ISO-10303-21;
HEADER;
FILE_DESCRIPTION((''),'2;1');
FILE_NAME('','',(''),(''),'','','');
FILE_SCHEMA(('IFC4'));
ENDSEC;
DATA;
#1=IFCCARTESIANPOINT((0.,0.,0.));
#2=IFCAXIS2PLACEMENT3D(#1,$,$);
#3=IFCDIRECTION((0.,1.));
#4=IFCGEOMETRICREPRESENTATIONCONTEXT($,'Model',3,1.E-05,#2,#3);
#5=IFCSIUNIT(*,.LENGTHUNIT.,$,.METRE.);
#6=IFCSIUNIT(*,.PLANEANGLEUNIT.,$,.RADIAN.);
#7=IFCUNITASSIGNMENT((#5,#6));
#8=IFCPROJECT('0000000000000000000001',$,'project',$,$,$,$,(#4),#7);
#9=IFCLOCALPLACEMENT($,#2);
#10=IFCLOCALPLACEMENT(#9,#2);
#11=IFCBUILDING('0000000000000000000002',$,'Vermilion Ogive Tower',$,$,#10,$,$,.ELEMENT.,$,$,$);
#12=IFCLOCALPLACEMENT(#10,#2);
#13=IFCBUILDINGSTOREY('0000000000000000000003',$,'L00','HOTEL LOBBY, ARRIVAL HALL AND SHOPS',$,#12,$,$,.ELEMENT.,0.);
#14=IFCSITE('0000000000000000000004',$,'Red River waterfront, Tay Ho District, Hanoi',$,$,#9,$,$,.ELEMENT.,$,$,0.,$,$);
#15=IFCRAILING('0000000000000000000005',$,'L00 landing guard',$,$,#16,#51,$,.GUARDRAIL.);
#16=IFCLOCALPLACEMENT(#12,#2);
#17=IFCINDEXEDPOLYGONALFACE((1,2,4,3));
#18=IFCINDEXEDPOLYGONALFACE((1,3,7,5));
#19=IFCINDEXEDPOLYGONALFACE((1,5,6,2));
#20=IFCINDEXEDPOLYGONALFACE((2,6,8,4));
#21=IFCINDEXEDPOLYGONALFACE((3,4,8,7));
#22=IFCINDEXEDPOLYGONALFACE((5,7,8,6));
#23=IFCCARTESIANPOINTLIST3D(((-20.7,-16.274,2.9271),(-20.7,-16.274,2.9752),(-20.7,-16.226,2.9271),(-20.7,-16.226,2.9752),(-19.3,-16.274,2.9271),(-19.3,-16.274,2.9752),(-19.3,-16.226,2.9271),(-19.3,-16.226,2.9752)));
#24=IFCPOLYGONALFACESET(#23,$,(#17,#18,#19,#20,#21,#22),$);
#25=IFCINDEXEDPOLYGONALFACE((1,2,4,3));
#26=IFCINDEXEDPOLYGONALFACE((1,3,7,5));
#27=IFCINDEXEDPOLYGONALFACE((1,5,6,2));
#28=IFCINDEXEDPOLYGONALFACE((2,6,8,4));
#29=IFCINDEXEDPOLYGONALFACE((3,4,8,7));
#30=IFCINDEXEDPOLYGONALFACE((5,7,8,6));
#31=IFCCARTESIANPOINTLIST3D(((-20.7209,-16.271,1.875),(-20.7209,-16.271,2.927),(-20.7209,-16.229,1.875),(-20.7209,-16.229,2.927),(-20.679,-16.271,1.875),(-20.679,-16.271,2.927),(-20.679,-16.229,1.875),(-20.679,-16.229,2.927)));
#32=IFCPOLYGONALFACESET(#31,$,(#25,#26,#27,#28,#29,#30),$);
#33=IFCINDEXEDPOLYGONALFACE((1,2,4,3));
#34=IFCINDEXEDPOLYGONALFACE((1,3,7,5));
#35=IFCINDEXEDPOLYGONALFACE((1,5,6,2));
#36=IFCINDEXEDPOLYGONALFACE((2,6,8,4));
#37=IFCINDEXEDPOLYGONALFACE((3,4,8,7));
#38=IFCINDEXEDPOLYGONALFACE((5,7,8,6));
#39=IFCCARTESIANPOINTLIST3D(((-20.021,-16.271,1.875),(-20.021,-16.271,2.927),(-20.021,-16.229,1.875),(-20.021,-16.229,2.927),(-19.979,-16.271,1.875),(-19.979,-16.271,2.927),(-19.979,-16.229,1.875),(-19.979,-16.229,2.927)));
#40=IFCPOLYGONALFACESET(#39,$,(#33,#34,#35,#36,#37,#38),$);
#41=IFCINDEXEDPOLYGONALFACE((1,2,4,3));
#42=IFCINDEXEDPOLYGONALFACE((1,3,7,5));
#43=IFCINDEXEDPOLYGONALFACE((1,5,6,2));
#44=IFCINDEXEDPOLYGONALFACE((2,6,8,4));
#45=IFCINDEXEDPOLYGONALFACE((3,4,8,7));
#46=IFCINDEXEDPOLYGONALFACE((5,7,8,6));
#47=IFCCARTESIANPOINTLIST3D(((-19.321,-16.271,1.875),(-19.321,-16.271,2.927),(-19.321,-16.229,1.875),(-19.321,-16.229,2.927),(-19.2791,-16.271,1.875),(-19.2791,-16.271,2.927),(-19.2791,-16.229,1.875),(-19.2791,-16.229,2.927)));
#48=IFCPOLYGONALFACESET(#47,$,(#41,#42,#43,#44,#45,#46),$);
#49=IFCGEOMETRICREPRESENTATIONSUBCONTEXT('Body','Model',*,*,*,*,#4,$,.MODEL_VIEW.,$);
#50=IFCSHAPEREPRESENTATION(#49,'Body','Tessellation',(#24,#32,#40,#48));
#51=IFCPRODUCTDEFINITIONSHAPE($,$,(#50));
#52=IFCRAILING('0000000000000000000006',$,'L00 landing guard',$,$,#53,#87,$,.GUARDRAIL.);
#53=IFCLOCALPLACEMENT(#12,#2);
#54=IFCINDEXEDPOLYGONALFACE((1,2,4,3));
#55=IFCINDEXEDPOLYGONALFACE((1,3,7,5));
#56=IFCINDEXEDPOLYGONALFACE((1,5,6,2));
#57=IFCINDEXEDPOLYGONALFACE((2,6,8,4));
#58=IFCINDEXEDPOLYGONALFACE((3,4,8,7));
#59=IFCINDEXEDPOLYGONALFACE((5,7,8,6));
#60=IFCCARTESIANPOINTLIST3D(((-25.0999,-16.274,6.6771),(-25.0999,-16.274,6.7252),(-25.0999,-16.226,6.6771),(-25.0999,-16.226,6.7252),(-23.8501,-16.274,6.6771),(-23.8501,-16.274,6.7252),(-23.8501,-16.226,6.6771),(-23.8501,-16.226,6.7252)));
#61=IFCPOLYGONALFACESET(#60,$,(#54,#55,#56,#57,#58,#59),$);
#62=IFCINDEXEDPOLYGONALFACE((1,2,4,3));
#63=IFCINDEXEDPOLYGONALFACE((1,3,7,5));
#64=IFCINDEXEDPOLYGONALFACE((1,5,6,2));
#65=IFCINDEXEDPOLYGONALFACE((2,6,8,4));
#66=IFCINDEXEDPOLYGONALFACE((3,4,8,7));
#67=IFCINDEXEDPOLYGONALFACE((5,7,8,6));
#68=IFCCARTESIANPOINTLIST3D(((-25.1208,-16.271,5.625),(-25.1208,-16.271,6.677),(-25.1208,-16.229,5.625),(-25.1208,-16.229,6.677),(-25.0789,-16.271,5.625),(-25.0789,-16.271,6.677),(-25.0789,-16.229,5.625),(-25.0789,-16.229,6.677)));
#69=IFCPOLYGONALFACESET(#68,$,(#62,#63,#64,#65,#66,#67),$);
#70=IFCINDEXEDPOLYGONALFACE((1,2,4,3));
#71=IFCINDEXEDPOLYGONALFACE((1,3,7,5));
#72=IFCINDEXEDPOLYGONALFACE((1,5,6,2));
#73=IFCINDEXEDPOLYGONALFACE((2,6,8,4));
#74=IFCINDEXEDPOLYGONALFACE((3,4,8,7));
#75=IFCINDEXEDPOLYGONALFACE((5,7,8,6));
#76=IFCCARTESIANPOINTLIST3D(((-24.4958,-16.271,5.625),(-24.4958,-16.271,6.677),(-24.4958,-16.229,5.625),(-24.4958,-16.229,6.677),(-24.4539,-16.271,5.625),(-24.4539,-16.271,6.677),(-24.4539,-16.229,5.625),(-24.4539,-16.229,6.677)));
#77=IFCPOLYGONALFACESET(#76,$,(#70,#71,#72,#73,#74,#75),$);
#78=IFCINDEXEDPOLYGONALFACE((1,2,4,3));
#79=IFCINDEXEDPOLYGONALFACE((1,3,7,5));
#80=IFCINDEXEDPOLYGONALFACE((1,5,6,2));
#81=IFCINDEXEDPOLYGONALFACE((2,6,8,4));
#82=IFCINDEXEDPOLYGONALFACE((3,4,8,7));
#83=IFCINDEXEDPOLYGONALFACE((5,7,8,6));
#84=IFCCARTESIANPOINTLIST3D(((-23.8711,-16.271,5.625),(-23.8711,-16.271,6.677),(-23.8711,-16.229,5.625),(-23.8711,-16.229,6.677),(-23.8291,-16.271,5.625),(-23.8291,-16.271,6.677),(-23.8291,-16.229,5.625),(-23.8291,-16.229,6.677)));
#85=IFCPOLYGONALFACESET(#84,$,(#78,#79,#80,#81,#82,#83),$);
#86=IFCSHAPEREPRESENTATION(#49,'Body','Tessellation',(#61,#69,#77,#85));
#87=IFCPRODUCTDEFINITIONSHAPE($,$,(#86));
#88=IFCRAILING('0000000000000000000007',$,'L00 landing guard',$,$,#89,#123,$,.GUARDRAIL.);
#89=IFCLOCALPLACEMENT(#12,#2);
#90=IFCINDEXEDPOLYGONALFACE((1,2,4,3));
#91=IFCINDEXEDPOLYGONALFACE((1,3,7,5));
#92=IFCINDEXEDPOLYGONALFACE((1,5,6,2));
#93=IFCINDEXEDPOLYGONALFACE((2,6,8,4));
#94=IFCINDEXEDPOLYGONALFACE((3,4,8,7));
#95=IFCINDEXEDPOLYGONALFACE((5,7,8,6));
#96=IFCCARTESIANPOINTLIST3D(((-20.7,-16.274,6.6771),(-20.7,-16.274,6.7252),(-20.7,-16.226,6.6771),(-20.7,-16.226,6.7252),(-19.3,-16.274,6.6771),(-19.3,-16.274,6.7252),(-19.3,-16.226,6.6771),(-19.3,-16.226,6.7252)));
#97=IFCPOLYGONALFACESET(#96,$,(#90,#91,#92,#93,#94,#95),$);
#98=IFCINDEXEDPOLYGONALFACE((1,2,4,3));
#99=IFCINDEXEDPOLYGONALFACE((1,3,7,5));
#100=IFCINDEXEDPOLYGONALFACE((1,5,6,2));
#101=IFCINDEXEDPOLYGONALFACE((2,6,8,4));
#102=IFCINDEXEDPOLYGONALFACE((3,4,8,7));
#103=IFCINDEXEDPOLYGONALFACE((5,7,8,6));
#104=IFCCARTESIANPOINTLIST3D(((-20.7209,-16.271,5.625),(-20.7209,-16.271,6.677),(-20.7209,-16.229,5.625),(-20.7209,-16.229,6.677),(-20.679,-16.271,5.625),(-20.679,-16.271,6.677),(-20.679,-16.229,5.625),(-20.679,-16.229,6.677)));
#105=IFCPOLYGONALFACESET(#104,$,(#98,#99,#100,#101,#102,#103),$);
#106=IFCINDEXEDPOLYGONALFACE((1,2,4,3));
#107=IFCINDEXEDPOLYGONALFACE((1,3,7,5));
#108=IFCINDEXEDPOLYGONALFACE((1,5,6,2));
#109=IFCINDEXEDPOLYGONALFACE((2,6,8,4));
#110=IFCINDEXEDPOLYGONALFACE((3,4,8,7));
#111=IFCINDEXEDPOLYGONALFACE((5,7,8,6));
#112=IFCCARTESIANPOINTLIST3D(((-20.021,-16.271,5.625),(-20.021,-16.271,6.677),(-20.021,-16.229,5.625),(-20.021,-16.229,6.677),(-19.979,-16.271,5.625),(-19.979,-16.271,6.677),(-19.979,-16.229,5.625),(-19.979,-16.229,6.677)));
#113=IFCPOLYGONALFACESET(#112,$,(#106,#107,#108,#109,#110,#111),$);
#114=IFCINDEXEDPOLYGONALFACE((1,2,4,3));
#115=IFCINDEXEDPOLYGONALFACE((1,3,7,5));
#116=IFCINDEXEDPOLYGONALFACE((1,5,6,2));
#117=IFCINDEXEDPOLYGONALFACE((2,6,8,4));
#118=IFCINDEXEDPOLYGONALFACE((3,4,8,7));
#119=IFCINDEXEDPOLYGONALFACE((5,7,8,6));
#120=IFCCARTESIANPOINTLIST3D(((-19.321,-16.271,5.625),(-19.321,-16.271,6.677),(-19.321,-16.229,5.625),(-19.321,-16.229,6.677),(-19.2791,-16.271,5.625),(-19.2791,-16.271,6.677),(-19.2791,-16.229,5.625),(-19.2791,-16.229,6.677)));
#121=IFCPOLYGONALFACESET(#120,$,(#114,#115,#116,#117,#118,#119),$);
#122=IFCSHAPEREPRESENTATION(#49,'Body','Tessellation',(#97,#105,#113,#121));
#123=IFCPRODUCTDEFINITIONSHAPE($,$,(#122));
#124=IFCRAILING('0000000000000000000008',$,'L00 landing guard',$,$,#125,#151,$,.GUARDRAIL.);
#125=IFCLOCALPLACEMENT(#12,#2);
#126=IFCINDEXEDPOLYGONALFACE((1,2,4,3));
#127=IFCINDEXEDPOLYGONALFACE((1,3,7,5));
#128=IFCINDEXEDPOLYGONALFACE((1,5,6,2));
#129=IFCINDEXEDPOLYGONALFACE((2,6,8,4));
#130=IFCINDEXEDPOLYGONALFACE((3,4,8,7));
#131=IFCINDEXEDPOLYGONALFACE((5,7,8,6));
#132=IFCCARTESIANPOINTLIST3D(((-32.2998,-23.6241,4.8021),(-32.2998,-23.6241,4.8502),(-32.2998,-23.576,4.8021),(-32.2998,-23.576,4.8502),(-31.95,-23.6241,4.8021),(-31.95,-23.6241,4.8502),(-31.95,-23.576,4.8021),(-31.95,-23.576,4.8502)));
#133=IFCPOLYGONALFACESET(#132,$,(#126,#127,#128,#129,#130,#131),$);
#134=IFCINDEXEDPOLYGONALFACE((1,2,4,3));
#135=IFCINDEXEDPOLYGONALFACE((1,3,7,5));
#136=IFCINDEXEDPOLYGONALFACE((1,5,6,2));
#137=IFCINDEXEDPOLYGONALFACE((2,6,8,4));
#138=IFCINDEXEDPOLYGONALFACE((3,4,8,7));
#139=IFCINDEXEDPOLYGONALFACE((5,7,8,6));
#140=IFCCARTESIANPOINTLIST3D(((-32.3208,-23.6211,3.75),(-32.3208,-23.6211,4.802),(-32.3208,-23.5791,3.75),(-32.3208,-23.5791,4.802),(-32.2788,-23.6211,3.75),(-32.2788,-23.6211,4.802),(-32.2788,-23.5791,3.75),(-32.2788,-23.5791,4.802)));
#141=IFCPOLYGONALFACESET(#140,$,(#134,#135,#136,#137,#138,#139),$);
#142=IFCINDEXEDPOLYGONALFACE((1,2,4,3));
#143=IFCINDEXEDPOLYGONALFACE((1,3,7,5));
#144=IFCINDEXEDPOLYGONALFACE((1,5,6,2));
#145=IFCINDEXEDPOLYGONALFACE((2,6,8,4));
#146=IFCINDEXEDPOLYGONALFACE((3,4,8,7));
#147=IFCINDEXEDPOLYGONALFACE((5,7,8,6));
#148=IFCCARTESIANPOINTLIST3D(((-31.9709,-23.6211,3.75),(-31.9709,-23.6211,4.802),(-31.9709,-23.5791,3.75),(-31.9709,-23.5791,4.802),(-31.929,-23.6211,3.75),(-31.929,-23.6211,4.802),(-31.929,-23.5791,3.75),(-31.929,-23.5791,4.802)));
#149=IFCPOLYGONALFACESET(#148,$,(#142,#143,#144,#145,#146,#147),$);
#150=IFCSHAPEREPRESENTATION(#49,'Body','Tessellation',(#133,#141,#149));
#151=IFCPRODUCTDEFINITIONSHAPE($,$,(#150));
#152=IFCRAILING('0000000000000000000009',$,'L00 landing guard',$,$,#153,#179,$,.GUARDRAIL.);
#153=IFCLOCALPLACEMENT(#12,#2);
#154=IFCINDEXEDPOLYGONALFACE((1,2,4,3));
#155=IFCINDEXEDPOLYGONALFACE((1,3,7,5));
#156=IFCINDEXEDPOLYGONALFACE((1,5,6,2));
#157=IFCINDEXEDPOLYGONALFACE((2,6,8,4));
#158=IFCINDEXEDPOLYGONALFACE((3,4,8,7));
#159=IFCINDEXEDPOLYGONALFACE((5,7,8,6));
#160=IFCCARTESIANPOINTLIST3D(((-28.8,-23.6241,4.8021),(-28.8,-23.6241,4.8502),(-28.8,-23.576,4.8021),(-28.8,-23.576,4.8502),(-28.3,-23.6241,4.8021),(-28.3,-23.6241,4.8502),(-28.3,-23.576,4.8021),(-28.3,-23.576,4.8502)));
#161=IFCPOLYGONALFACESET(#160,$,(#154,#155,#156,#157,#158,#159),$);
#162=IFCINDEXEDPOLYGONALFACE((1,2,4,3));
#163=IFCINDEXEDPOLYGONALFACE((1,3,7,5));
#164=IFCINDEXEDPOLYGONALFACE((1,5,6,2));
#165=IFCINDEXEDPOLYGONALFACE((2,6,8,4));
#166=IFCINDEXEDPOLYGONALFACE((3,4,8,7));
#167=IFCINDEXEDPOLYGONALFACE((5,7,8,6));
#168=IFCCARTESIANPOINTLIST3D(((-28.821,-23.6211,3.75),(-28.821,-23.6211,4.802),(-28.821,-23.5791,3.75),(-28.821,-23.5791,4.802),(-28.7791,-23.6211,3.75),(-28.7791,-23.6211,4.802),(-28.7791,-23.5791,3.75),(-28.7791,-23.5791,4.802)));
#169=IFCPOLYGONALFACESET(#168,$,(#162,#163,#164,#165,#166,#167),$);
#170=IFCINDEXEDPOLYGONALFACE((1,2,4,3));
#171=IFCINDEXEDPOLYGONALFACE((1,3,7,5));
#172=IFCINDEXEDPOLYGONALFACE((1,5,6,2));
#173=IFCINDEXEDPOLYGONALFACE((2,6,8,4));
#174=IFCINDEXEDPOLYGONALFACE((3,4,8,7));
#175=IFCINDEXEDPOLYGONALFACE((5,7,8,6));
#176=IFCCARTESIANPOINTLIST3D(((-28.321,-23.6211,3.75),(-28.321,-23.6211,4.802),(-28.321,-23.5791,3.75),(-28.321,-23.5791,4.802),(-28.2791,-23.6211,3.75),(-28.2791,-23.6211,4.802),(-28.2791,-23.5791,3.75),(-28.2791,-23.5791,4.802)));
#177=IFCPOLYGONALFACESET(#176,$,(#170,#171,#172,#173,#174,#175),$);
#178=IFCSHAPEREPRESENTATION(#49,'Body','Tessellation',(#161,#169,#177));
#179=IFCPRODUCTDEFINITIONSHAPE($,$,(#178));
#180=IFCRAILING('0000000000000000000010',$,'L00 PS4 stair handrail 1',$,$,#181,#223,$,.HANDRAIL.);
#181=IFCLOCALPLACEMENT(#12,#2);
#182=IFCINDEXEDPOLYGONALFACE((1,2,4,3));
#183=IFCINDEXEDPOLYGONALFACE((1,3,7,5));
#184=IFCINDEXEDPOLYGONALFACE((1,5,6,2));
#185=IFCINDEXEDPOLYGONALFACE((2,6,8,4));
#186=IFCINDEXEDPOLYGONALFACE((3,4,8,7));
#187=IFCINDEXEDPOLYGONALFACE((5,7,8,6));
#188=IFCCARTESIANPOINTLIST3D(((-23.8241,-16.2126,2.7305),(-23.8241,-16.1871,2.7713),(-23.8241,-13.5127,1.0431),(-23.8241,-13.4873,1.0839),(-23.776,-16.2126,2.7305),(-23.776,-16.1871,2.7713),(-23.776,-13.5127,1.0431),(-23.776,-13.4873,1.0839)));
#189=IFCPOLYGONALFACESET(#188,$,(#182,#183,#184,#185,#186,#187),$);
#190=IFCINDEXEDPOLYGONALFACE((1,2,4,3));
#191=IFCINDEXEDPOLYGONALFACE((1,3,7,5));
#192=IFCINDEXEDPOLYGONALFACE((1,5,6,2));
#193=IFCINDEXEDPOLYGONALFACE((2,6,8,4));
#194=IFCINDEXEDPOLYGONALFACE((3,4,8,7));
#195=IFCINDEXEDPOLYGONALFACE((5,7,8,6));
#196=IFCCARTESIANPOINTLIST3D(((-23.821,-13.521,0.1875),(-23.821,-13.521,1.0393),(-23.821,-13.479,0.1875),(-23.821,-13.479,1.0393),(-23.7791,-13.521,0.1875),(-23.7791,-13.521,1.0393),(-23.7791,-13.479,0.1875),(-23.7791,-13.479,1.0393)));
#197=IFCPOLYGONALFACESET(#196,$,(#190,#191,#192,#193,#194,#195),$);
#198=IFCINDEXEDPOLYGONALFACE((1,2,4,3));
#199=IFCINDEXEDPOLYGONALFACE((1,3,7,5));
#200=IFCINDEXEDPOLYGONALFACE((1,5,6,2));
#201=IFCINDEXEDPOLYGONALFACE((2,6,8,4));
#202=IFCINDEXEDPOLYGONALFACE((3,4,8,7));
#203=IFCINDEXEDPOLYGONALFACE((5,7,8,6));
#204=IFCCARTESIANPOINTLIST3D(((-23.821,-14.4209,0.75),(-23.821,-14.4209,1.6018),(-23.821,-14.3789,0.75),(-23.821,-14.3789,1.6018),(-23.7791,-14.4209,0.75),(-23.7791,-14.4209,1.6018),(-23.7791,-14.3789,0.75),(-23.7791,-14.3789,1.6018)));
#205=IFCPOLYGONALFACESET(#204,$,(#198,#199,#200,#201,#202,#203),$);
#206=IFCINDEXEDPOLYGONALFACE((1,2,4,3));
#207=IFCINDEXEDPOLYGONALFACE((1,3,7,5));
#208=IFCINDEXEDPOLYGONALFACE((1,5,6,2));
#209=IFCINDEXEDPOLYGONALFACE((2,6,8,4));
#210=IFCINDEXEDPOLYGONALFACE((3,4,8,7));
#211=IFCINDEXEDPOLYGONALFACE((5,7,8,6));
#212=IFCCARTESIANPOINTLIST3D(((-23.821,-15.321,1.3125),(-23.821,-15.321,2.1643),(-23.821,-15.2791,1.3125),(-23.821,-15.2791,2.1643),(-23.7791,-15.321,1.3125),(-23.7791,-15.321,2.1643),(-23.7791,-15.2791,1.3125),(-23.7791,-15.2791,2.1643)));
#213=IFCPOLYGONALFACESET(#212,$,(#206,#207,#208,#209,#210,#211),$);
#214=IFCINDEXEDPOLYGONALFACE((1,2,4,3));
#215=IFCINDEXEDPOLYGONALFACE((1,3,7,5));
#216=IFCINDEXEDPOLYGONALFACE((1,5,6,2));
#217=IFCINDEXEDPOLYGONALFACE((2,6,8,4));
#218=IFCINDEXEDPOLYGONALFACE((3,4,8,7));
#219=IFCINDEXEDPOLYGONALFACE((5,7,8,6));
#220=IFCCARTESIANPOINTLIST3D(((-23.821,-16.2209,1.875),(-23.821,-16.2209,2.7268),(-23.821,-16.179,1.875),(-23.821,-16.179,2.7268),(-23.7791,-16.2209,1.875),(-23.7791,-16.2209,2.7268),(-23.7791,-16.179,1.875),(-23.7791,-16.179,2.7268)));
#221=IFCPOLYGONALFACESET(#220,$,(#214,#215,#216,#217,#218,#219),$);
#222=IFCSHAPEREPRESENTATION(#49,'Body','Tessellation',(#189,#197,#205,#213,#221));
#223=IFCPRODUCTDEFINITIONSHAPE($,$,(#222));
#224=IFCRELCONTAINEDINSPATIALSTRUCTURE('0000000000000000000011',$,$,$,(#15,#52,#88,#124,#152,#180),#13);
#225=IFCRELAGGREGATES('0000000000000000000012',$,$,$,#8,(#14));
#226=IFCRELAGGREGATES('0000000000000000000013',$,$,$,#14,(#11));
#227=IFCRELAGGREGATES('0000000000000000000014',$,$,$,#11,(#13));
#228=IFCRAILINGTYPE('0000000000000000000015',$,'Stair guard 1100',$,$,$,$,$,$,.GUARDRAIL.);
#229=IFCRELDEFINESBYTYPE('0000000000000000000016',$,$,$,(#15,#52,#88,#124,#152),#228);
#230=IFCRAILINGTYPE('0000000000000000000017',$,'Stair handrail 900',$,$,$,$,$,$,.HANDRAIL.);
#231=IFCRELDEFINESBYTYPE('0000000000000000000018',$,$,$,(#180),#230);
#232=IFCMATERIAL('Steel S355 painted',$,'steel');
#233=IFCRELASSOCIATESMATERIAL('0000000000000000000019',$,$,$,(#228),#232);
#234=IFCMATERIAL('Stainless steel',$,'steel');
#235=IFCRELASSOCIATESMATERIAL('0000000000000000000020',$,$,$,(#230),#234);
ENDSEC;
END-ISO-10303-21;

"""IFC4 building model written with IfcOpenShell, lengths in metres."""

from ifc_helpers import new_model, si_unit, direction, frame, origin, origin_2d, place, context, subcontext, project, spatial, rectangle, extrude, material, type_object, element, save


model = new_model("IFC4")

# Units and contexts
model_context = context("Model", 3, precision=1e-05, world=origin(), true_north=direction((0.0, 1.0)))
body_context = subcontext(model_context, "Body", "Model", "MODEL_VIEW")
ifc_project = project(units=[si_unit("LENGTHUNIT", "METRE"), si_unit("PLANEANGLEUNIT", "RADIAN")], contexts=[model_context])

# Site, building, storey
site_placement = place(None, origin())
site = spatial("IfcSite", under=ifc_project, at=site_placement, Name="Red River waterfront, Tay Ho District, Hanoi", CompositionType="ELEMENT", RefElevation=0.0)
building_placement = place(site_placement, origin())
building = spatial("IfcBuilding", under=site, at=building_placement, Name="Vermilion Ogive Tower", CompositionType="ELEMENT")
storey_placement = place(building_placement, origin())
storey = spatial("IfcBuildingStorey", under=building, at=storey_placement, Name="L00", Description="HOTEL LOBBY, ARRIVAL HALL AND SHOPS", CompositionType="ELEMENT", Elevation=0.0)

# Railings
ifc_material_1 = material(Name="Steel S355 painted", Category="steel")
railing_type_1 = type_object("IfcRailingType", Name="Stair guard 1100", PredefinedType="GUARDRAIL", material=ifc_material_1)
railing_1_placement = place(storey_placement, frame((-20.7, -16.25, 1.875)))
element("IfcRailing", 1, at=railing_1_placement, inside=storey, type_object=railing_type_1, Name="L00 landing guard", PredefinedType="GUARDRAIL", context=body_context, shape_type="SweptSolid", body=[
    extrude(rectangle(XDim=0.0481, YDim=0.0481, at=origin_2d()), frame((0.0, 0.0, 1.0762), z_axis=(1.0, 0.0, 0.0), x_axis=(0.0, 1.0, 0.0)), (0.0, 0.0, 1.0), 1.3999),
    extrude(rectangle(XDim=0.042, YDim=0.042, at=origin_2d()), origin(), (0.0, 0.0, 1.0), 1.052),
    extrude(rectangle(XDim=0.042, YDim=0.042, at=origin_2d()), frame((0.7, 0.0, 0.0)), (0.0, 0.0, 1.0), 1.052),
    extrude(rectangle(XDim=0.042, YDim=0.042, at=origin_2d()), frame((1.3999, 0.0, 0.0)), (0.0, 0.0, 1.0), 1.052),
])
railing_2_placement = place(storey_placement, frame((-25.0999, -16.25, 5.625)))
element("IfcRailing", 2, at=railing_2_placement, inside=storey, type_object=railing_type_1, Name="L00 landing guard", PredefinedType="GUARDRAIL", context=body_context, shape_type="SweptSolid", body=[
    extrude(rectangle(XDim=0.0481, YDim=0.0481, at=origin_2d()), frame((0.0, 0.0, 1.0762), z_axis=(1.0, 0.0, 0.0), x_axis=(0.0, 1.0, 0.0)), (0.0, 0.0, 1.0), 1.2498),
    extrude(rectangle(XDim=0.042, YDim=0.042, at=origin_2d()), origin(), (0.0, 0.0, 1.0), 1.052),
    extrude(rectangle(XDim=0.042, YDim=0.042, at=origin_2d()), frame((0.625, 0.0, 0.0)), (0.0, 0.0, 1.0), 1.052),
    extrude(rectangle(XDim=0.042, YDim=0.042, at=origin_2d()), frame((1.2498, 0.0, 0.0)), (0.0, 0.0, 1.0), 1.052),
])
railing_3_placement = place(storey_placement, frame((-20.7, -16.25, 5.625)))
element("IfcRailing", 3, at=railing_3_placement, inside=storey, type_object=railing_type_1, Name="L00 landing guard", PredefinedType="GUARDRAIL", context=body_context, shape_type="SweptSolid", body=[
    extrude(rectangle(XDim=0.0481, YDim=0.0481, at=origin_2d()), frame((0.0, 0.0, 1.0762), z_axis=(1.0, 0.0, 0.0), x_axis=(0.0, 1.0, 0.0)), (0.0, 0.0, 1.0), 1.3999),
    extrude(rectangle(XDim=0.042, YDim=0.042, at=origin_2d()), origin(), (0.0, 0.0, 1.0), 1.052),
    extrude(rectangle(XDim=0.042, YDim=0.042, at=origin_2d()), frame((0.7, 0.0, 0.0)), (0.0, 0.0, 1.0), 1.052),
    extrude(rectangle(XDim=0.042, YDim=0.042, at=origin_2d()), frame((1.3999, 0.0, 0.0)), (0.0, 0.0, 1.0), 1.052),
])
railing_4_placement = place(storey_placement, frame((-32.2998, -23.6001, 3.75)))
element("IfcRailing", 4, at=railing_4_placement, inside=storey, type_object=railing_type_1, Name="L00 landing guard", PredefinedType="GUARDRAIL", context=body_context, shape_type="SweptSolid", body=[
    extrude(rectangle(XDim=0.0481, YDim=0.0481, at=origin_2d()), frame((0.0, 0.0, 1.0762), z_axis=(1.0, 0.0, 0.0), x_axis=(0.0, 1.0, 0.0)), (0.0, 0.0, 1.0), 0.3499),
    extrude(rectangle(XDim=0.042, YDim=0.042, at=origin_2d()), origin(), (0.0, 0.0, 1.0), 1.052),
    extrude(rectangle(XDim=0.042, YDim=0.042, at=origin_2d()), frame((0.3499, 0.0, 0.0)), (0.0, 0.0, 1.0), 1.052),
])
railing_5_placement = place(storey_placement, frame((-28.8, -23.6001, 3.75)))
element("IfcRailing", 5, at=railing_5_placement, inside=storey, type_object=railing_type_1, Name="L00 landing guard", PredefinedType="GUARDRAIL", context=body_context, shape_type="SweptSolid", body=[
    extrude(rectangle(XDim=0.0481, YDim=0.0481, at=origin_2d()), frame((0.0, 0.0, 1.0762), z_axis=(1.0, 0.0, 0.0), x_axis=(0.0, 1.0, 0.0)), (0.0, 0.0, 1.0), 0.5),
    extrude(rectangle(XDim=0.042, YDim=0.042, at=origin_2d()), origin(), (0.0, 0.0, 1.0), 1.052),
    extrude(rectangle(XDim=0.042, YDim=0.042, at=origin_2d()), frame((0.5, 0.0, 0.0)), (0.0, 0.0, 1.0), 1.052),
])
ifc_material_2 = material(Name="Stainless steel", Category="steel")
railing_type_2 = type_object("IfcRailingType", Name="Stair handrail 900", PredefinedType="HANDRAIL", material=ifc_material_2)
railing_6_placement = place(storey_placement, frame((-23.8, -13.5, 0.1875)))
element("IfcRailing", 6, at=railing_6_placement, inside=storey, type_object=railing_type_2, Name="L00 PS4 stair handrail 1", PredefinedType="HANDRAIL", context=body_context, shape_type="SweptSolid", body=[
    extrude(rectangle(XDim=0.0481, YDim=0.0481, at=origin_2d()), frame((0.0, 0.0, 0.876), z_axis=(0.0, -0.847994, 0.530006), x_axis=(1.0, 0.0, 0.0)), (0.0, 0.0, 1.0), 3.1838),
    extrude(rectangle(XDim=0.042, YDim=0.042, at=origin_2d()), origin(), (0.0, 0.0, 1.0), 0.8518),
    extrude(rectangle(XDim=0.042, YDim=0.042, at=origin_2d()), frame((0.0, -0.8999, 0.5625)), (0.0, 0.0, 1.0), 0.8518),
    extrude(rectangle(XDim=0.042, YDim=0.042, at=origin_2d()), frame((0.0, -1.8, 1.125)), (0.0, 0.0, 1.0), 0.8518),
    extrude(rectangle(XDim=0.042, YDim=0.042, at=origin_2d()), frame((0.0, -2.7, 1.6875)), (0.0, 0.0, 1.0), 0.8518),
])

save(model, "model.ifc")
